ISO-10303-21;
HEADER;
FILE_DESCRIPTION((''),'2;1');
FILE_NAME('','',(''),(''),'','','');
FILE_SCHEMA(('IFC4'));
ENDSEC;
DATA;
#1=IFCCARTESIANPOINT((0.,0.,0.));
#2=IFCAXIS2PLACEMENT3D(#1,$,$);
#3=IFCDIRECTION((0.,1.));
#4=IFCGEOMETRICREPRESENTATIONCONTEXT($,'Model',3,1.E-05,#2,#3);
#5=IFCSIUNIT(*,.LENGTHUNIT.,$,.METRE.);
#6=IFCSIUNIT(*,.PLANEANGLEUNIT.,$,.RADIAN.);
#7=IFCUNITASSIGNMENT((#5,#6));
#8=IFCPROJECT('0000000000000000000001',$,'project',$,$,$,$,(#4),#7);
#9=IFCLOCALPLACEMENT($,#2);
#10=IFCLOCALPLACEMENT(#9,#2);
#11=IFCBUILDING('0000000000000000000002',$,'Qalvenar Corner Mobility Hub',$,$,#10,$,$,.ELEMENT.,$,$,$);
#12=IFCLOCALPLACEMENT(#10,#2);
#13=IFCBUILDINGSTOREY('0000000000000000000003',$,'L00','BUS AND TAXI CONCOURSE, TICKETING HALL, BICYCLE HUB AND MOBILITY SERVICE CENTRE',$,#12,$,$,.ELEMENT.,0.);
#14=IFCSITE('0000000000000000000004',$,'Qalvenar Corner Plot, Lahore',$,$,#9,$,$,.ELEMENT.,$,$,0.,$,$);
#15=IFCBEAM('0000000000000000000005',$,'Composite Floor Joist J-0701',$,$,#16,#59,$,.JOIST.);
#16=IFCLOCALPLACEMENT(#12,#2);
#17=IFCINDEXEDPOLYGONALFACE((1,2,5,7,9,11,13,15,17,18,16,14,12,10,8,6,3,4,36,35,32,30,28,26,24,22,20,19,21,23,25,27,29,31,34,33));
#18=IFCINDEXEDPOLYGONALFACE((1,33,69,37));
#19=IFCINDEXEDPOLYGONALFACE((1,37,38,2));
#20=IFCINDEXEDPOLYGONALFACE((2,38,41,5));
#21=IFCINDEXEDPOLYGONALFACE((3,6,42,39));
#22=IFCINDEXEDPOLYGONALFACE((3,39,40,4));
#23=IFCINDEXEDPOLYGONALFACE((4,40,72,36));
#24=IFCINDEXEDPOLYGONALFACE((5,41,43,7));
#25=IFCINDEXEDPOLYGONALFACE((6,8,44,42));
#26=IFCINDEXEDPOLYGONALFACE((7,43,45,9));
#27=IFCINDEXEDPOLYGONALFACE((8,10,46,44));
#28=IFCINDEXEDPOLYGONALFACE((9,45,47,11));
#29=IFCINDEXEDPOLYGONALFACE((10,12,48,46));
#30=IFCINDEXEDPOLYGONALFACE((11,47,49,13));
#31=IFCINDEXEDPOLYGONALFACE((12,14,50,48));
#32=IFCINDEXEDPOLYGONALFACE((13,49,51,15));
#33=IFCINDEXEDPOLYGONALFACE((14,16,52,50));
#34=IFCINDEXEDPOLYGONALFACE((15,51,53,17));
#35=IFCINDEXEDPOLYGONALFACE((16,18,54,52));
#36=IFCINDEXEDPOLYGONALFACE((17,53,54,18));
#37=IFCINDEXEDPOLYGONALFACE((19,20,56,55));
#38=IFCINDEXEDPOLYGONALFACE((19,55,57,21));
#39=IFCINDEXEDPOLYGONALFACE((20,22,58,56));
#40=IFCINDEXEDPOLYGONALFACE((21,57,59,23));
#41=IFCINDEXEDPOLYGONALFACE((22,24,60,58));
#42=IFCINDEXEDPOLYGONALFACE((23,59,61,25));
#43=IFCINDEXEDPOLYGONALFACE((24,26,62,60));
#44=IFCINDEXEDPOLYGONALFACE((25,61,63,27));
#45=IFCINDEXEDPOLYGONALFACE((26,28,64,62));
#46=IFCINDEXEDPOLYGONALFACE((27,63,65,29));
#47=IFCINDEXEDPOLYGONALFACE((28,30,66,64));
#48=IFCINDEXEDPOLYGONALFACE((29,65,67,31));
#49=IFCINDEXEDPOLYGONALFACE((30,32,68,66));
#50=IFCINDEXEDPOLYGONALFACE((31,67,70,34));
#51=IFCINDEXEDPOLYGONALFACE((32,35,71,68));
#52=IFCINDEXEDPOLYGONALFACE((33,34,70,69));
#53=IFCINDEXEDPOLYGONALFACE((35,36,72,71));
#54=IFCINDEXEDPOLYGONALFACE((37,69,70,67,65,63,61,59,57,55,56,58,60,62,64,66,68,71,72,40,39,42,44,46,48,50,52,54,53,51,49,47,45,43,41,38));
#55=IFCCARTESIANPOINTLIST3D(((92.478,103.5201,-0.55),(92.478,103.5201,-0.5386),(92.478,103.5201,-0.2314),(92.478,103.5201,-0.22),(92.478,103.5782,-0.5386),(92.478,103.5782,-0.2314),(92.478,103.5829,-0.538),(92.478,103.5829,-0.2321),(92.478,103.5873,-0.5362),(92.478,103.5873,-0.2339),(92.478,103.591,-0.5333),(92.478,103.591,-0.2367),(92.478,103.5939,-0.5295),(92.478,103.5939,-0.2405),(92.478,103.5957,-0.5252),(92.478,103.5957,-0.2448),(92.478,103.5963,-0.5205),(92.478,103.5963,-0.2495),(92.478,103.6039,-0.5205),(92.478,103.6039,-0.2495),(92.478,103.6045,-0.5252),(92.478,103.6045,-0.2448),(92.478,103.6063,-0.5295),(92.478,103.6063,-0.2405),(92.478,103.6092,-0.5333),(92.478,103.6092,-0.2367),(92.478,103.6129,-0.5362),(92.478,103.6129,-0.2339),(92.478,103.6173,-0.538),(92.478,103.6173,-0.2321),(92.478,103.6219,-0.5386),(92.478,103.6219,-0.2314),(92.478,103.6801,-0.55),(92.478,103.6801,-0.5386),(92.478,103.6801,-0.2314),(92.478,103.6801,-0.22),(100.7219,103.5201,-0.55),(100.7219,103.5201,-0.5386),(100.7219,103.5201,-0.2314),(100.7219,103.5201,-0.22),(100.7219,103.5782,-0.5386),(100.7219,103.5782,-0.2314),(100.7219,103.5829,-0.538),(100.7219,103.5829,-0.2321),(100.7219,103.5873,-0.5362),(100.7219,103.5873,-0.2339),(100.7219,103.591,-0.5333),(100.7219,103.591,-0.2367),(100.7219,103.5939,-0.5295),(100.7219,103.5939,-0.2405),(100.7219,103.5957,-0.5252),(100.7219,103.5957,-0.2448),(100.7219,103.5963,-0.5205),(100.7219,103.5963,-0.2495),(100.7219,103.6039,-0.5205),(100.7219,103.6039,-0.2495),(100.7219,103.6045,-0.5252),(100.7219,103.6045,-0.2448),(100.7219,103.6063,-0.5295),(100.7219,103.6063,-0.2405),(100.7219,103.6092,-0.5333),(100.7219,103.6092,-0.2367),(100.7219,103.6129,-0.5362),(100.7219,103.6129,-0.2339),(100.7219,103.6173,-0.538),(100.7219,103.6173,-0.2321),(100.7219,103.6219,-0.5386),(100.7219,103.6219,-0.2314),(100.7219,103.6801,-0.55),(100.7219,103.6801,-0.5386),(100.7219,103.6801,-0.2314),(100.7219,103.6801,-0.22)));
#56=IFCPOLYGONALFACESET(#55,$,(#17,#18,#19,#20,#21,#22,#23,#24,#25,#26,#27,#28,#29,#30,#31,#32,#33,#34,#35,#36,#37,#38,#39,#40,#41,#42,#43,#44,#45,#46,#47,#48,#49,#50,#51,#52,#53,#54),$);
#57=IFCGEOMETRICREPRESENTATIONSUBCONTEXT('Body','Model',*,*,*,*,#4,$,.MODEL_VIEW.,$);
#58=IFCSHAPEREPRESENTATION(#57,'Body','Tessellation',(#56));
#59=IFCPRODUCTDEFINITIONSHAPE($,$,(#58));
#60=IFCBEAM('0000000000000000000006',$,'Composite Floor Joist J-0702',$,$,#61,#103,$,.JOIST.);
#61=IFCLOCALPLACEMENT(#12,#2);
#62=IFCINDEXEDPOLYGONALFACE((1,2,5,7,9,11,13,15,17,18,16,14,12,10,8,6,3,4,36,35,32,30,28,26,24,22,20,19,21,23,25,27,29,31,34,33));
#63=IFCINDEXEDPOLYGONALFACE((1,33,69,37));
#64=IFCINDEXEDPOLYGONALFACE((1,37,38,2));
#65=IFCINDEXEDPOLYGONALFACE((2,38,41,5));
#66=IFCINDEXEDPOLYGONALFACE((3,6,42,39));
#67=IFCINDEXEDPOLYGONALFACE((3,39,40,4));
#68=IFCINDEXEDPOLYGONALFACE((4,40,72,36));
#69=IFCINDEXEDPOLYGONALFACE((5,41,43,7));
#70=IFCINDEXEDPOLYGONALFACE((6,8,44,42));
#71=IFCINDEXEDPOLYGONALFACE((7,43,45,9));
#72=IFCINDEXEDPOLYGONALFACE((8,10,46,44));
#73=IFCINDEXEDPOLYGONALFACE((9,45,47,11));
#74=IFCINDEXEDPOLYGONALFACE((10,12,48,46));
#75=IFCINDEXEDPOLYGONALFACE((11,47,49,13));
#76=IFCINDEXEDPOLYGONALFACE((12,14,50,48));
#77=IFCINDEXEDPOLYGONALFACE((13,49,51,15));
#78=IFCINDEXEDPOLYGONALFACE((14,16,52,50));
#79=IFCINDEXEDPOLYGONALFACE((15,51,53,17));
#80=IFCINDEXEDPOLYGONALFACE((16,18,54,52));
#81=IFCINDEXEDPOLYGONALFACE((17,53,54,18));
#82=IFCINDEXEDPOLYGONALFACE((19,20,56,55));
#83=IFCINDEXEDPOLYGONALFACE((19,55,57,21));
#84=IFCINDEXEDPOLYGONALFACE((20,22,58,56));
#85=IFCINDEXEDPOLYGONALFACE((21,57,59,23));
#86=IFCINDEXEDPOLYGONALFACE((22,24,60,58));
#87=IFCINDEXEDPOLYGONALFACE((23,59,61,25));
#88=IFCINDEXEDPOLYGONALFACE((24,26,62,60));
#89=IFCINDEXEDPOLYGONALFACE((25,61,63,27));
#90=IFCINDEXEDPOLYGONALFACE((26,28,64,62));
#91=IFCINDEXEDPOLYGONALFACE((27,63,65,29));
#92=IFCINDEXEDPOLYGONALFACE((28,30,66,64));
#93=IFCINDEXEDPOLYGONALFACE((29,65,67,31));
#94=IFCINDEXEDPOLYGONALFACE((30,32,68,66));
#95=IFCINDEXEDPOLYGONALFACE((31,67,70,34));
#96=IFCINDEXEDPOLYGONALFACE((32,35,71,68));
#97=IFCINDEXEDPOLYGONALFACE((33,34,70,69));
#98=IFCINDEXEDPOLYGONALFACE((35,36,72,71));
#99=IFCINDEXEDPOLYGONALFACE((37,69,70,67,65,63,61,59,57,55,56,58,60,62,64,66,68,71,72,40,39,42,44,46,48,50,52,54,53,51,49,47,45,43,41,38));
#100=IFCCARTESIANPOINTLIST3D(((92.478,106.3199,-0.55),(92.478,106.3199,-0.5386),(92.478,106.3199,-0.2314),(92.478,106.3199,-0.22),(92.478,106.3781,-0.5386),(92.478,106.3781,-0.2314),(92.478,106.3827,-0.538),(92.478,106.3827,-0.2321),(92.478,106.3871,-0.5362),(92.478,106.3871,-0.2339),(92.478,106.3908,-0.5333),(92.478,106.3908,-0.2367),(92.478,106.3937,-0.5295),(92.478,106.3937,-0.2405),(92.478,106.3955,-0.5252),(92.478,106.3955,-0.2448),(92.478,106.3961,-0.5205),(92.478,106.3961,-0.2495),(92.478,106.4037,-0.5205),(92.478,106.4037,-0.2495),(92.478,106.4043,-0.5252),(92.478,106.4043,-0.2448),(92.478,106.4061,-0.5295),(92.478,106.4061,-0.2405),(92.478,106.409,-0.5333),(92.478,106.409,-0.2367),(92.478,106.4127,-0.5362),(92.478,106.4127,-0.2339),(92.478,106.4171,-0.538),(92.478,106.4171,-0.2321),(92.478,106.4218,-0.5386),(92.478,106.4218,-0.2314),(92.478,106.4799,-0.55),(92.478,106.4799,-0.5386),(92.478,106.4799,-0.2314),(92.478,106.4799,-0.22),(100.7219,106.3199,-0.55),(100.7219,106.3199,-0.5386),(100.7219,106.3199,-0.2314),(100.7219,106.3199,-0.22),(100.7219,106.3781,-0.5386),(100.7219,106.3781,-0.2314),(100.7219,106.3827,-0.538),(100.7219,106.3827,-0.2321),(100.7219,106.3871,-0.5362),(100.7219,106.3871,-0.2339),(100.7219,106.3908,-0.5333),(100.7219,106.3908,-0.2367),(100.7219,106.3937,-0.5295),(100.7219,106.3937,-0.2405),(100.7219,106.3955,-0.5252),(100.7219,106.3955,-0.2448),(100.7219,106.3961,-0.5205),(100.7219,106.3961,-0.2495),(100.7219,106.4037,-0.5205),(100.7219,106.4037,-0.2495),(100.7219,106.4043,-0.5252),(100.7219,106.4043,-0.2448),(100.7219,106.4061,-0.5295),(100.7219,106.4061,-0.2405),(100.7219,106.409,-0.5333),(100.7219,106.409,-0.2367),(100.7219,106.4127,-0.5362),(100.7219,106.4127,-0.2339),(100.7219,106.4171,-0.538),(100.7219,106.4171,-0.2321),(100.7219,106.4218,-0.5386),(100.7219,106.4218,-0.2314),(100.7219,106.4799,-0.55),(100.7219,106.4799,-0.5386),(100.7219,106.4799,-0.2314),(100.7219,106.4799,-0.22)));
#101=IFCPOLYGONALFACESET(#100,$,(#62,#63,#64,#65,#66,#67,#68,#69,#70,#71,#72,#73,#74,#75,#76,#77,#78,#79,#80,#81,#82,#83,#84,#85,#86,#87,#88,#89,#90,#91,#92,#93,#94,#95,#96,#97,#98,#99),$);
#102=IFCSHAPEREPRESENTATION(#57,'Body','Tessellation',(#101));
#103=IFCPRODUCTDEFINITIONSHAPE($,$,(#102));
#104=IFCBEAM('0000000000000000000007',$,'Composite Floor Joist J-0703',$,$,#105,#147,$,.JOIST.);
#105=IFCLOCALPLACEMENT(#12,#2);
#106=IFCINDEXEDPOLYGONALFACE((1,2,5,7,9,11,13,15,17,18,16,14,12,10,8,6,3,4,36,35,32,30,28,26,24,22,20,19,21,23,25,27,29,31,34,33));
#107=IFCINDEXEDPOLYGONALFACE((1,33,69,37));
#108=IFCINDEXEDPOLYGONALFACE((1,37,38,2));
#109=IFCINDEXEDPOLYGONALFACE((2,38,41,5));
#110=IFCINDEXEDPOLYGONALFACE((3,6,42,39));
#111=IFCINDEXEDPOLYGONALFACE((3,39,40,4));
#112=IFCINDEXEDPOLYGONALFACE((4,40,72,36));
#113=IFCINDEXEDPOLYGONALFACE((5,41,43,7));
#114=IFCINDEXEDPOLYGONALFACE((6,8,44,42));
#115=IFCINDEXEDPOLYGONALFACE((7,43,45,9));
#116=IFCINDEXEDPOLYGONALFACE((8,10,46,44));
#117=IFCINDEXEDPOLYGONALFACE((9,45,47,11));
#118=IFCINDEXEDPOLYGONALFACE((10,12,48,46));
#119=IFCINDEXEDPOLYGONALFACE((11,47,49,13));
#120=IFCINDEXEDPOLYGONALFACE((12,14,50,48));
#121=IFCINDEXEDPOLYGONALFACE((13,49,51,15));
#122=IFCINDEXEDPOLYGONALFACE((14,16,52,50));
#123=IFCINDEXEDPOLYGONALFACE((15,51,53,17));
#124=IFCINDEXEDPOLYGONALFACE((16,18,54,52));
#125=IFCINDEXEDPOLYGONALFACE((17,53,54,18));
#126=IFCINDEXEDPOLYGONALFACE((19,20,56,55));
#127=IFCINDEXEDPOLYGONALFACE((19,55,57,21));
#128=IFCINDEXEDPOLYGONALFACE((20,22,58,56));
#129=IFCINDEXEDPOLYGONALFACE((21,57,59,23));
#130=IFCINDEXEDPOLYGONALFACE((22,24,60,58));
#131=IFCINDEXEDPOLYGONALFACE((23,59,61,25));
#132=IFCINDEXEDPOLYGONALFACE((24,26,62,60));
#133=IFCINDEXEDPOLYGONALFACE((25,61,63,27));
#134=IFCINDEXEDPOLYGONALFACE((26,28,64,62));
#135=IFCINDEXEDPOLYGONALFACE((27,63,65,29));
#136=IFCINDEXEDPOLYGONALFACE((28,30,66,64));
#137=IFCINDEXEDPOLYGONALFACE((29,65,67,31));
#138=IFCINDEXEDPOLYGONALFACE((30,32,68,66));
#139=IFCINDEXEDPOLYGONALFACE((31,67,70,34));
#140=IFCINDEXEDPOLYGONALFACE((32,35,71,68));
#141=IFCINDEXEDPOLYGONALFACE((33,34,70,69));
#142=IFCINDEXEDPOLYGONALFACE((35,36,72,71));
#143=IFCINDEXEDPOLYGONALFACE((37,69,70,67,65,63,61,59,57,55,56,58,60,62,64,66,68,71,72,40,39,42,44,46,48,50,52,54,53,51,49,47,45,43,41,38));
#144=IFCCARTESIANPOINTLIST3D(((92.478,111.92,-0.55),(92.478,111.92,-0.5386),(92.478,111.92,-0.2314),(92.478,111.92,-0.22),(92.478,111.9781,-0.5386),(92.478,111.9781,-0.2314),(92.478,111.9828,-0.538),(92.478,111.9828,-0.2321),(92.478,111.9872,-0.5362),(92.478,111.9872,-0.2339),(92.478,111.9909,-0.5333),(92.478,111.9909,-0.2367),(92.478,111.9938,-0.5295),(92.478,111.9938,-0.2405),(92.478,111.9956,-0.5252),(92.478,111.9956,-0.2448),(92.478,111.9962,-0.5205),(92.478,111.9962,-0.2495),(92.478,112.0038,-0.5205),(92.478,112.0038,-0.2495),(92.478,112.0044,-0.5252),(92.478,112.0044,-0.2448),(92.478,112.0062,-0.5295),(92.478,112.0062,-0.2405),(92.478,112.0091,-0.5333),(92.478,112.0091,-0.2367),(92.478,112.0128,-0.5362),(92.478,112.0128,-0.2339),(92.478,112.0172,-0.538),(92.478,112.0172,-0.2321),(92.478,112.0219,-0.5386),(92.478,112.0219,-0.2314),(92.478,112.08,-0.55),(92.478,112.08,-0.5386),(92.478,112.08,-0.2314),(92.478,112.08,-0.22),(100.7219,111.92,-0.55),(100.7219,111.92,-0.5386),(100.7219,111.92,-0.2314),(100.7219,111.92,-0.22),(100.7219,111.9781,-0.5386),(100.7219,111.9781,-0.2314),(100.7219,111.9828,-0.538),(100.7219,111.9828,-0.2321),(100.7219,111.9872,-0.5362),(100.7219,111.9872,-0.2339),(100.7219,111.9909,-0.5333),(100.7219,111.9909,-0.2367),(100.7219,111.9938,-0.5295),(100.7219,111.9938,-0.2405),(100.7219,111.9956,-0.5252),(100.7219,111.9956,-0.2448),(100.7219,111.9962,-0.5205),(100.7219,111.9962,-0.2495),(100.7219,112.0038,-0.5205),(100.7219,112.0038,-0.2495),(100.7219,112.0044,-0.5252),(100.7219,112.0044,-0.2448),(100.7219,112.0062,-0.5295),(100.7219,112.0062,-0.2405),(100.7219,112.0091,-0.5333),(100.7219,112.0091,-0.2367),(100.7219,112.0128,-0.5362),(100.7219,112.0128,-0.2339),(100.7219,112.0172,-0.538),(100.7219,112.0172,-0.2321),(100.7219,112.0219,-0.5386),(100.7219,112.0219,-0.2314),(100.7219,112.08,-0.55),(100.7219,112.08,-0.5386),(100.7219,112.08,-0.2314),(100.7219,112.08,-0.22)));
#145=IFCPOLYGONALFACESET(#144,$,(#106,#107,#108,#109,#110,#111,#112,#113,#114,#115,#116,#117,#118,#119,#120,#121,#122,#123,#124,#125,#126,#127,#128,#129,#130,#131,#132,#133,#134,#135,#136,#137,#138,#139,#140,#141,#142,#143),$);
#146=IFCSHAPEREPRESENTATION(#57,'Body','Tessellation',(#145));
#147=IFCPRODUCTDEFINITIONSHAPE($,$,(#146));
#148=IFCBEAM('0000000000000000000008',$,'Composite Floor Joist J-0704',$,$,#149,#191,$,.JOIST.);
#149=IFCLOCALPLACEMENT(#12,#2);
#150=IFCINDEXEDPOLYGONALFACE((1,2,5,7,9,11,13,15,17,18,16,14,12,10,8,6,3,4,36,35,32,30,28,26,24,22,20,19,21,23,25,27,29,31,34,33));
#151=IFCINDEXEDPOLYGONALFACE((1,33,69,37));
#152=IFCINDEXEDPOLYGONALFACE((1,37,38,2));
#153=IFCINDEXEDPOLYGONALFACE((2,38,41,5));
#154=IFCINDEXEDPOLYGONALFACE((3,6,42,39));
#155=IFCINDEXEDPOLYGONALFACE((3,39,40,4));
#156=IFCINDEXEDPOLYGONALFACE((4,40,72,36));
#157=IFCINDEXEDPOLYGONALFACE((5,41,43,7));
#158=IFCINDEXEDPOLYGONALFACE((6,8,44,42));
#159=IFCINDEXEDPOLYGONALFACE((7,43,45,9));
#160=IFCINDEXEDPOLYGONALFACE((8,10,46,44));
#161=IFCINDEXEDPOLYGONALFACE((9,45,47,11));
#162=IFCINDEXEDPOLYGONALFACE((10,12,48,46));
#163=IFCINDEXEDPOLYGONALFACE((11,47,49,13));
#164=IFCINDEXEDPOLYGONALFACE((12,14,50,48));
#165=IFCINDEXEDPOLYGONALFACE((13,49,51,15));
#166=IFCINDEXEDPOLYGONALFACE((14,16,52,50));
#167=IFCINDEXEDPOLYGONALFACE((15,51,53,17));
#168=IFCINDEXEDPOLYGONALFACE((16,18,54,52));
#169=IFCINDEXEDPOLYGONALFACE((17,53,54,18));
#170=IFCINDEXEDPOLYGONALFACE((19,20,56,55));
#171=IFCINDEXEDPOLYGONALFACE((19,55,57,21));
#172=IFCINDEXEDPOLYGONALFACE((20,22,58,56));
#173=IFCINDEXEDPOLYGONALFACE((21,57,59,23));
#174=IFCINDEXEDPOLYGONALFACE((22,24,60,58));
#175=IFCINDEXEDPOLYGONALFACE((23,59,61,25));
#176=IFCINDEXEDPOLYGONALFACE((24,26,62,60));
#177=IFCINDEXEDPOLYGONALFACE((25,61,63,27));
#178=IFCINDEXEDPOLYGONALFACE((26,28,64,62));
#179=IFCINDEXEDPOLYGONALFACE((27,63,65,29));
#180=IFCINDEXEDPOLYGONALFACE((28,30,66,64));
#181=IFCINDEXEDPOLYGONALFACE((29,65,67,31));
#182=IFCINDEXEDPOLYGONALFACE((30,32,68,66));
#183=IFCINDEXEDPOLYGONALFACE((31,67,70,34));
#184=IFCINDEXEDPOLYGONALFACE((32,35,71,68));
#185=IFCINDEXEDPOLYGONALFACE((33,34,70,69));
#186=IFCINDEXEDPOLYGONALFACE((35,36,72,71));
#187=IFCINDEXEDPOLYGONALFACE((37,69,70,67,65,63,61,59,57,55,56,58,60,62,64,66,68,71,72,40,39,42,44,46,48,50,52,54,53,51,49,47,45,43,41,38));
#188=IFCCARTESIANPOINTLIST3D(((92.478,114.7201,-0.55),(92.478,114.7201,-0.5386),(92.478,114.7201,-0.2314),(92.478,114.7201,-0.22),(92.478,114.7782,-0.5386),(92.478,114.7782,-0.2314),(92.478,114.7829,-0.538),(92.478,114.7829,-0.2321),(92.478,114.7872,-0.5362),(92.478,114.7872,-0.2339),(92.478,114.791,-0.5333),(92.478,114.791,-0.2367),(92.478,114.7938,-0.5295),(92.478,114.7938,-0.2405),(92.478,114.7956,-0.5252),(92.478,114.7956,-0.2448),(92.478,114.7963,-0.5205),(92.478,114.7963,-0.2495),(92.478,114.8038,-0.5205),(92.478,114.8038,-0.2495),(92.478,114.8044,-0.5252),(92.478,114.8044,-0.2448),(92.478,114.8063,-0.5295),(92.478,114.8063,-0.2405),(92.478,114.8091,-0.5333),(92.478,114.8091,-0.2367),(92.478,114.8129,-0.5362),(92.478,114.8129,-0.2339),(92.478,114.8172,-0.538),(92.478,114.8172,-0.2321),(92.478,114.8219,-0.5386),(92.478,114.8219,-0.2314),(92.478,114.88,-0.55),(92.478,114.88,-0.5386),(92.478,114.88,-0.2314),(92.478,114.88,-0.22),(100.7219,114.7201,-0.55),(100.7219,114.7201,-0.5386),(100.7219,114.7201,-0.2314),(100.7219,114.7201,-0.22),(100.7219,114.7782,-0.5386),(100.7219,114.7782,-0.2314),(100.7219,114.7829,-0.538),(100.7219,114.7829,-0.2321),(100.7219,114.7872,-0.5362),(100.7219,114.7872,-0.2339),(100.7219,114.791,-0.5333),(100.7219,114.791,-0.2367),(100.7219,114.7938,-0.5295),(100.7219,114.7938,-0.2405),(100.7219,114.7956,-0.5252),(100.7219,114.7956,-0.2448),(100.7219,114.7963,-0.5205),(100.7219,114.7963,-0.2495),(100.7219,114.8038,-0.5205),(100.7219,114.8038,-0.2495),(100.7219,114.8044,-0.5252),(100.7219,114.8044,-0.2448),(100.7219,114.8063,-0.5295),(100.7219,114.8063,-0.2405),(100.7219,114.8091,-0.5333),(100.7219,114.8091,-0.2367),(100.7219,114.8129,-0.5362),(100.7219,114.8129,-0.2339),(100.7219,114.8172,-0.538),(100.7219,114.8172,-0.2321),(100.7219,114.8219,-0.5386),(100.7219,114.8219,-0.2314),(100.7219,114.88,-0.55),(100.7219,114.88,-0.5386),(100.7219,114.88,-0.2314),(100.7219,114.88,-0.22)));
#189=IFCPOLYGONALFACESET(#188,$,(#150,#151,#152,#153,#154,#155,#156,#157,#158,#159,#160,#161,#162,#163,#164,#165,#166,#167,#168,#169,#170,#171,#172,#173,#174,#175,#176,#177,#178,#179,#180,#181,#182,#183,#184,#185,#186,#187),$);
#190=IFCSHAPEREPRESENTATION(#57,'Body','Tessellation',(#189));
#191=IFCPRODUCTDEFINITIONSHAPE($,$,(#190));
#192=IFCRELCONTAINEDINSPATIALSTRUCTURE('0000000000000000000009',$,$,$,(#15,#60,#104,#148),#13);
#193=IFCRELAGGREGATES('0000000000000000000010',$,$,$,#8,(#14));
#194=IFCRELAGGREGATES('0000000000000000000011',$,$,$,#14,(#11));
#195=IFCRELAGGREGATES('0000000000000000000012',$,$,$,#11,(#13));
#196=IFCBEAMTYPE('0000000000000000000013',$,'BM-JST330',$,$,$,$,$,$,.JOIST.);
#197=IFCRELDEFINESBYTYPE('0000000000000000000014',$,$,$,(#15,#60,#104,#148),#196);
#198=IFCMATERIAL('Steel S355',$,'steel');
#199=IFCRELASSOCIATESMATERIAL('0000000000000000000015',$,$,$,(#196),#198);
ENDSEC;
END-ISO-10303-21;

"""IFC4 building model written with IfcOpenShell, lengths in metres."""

from ifc_helpers import new_model, si_unit, direction, frame, origin, origin_2d, place, context, subcontext, project, spatial, i_section, extrude, material, material_profile, profile_set, type_object, element, save


model = new_model("IFC4")

# Units and contexts
model_context = context("Model", 3, precision=1e-05, world=origin(), true_north=direction((0.0, 1.0)))
body_context = subcontext(model_context, "Body", "Model", "MODEL_VIEW")
ifc_project = project(units=[si_unit("LENGTHUNIT", "METRE"), si_unit("PLANEANGLEUNIT", "RADIAN")], contexts=[model_context])

# Site, building, storey
site_placement = place(None, origin())
site = spatial("IfcSite", under=ifc_project, at=site_placement, Name="Qalvenar Corner Plot, Lahore", CompositionType="ELEMENT", RefElevation=0.0)
building_placement = place(site_placement, origin())
building = spatial("IfcBuilding", under=site, at=building_placement, Name="Qalvenar Corner Mobility Hub", CompositionType="ELEMENT")
storey_placement = place(building_placement, origin())
storey = spatial("IfcBuildingStorey", under=building, at=storey_placement, Name="L00", Description="BUS AND TAXI CONCOURSE, TICKETING HALL, BICYCLE HUB AND MOBILITY SERVICE CENTRE", CompositionType="ELEMENT", Elevation=0.0)

# Shared definitions
ifc_material_1 = material(Name="Steel S355", Category="steel")

# Beams
ifc_material_profile_1 = material_profile(ifc_material_1, i_section(OverallWidth=0.1599, OverallDepth=0.3301, WebThickness=0.0076, FlangeThickness=0.0115, FilletRadius=0.0181, at=origin_2d()), Name="IPE330")
ifc_profile_set_1 = profile_set([ifc_material_profile_1], Name="Steel S355")
beam_type_1 = type_object("IfcBeamType", Name="BM-JST330", PredefinedType="JOIST", material=ifc_profile_set_1)
for number, where, z_axis, x_axis, name in (
    (1, (92.478, 103.6001, -0.385), (1.0, 0.0, 0.0), (0.0, 1.0, 0.0), "Composite Floor Joist J-0701"),
    (2, (92.478, 106.3999, -0.385), (1.0, 0.0, 0.0), (0.0, 1.0, 0.0), "Composite Floor Joist J-0702"),
    (3, (92.478, 112.0, -0.385), (1.0, 0.0, 0.0), (0.0, 1.0, 0.0), "Composite Floor Joist J-0703"),
    (4, (92.478, 114.8, -0.385), (1.0, 0.0, 0.0), (0.0, 1.0, 0.0), "Composite Floor Joist J-0704"),
):
    element("IfcBeam", number, at=place(storey_placement, frame(where, z_axis=z_axis, x_axis=x_axis)), inside=storey, type_object=beam_type_1, Name=name, PredefinedType="JOIST", context=body_context, shape_type="SweptSolid", body=[
        extrude(i_section(OverallWidth=0.1599, OverallDepth=0.3301, WebThickness=0.0076, FlangeThickness=0.0115, FilletRadius=0.0181, at=origin_2d()), origin(), (0.0, 0.0, 1.0), 8.2439),
    ])

save(model, "model.ifc")
